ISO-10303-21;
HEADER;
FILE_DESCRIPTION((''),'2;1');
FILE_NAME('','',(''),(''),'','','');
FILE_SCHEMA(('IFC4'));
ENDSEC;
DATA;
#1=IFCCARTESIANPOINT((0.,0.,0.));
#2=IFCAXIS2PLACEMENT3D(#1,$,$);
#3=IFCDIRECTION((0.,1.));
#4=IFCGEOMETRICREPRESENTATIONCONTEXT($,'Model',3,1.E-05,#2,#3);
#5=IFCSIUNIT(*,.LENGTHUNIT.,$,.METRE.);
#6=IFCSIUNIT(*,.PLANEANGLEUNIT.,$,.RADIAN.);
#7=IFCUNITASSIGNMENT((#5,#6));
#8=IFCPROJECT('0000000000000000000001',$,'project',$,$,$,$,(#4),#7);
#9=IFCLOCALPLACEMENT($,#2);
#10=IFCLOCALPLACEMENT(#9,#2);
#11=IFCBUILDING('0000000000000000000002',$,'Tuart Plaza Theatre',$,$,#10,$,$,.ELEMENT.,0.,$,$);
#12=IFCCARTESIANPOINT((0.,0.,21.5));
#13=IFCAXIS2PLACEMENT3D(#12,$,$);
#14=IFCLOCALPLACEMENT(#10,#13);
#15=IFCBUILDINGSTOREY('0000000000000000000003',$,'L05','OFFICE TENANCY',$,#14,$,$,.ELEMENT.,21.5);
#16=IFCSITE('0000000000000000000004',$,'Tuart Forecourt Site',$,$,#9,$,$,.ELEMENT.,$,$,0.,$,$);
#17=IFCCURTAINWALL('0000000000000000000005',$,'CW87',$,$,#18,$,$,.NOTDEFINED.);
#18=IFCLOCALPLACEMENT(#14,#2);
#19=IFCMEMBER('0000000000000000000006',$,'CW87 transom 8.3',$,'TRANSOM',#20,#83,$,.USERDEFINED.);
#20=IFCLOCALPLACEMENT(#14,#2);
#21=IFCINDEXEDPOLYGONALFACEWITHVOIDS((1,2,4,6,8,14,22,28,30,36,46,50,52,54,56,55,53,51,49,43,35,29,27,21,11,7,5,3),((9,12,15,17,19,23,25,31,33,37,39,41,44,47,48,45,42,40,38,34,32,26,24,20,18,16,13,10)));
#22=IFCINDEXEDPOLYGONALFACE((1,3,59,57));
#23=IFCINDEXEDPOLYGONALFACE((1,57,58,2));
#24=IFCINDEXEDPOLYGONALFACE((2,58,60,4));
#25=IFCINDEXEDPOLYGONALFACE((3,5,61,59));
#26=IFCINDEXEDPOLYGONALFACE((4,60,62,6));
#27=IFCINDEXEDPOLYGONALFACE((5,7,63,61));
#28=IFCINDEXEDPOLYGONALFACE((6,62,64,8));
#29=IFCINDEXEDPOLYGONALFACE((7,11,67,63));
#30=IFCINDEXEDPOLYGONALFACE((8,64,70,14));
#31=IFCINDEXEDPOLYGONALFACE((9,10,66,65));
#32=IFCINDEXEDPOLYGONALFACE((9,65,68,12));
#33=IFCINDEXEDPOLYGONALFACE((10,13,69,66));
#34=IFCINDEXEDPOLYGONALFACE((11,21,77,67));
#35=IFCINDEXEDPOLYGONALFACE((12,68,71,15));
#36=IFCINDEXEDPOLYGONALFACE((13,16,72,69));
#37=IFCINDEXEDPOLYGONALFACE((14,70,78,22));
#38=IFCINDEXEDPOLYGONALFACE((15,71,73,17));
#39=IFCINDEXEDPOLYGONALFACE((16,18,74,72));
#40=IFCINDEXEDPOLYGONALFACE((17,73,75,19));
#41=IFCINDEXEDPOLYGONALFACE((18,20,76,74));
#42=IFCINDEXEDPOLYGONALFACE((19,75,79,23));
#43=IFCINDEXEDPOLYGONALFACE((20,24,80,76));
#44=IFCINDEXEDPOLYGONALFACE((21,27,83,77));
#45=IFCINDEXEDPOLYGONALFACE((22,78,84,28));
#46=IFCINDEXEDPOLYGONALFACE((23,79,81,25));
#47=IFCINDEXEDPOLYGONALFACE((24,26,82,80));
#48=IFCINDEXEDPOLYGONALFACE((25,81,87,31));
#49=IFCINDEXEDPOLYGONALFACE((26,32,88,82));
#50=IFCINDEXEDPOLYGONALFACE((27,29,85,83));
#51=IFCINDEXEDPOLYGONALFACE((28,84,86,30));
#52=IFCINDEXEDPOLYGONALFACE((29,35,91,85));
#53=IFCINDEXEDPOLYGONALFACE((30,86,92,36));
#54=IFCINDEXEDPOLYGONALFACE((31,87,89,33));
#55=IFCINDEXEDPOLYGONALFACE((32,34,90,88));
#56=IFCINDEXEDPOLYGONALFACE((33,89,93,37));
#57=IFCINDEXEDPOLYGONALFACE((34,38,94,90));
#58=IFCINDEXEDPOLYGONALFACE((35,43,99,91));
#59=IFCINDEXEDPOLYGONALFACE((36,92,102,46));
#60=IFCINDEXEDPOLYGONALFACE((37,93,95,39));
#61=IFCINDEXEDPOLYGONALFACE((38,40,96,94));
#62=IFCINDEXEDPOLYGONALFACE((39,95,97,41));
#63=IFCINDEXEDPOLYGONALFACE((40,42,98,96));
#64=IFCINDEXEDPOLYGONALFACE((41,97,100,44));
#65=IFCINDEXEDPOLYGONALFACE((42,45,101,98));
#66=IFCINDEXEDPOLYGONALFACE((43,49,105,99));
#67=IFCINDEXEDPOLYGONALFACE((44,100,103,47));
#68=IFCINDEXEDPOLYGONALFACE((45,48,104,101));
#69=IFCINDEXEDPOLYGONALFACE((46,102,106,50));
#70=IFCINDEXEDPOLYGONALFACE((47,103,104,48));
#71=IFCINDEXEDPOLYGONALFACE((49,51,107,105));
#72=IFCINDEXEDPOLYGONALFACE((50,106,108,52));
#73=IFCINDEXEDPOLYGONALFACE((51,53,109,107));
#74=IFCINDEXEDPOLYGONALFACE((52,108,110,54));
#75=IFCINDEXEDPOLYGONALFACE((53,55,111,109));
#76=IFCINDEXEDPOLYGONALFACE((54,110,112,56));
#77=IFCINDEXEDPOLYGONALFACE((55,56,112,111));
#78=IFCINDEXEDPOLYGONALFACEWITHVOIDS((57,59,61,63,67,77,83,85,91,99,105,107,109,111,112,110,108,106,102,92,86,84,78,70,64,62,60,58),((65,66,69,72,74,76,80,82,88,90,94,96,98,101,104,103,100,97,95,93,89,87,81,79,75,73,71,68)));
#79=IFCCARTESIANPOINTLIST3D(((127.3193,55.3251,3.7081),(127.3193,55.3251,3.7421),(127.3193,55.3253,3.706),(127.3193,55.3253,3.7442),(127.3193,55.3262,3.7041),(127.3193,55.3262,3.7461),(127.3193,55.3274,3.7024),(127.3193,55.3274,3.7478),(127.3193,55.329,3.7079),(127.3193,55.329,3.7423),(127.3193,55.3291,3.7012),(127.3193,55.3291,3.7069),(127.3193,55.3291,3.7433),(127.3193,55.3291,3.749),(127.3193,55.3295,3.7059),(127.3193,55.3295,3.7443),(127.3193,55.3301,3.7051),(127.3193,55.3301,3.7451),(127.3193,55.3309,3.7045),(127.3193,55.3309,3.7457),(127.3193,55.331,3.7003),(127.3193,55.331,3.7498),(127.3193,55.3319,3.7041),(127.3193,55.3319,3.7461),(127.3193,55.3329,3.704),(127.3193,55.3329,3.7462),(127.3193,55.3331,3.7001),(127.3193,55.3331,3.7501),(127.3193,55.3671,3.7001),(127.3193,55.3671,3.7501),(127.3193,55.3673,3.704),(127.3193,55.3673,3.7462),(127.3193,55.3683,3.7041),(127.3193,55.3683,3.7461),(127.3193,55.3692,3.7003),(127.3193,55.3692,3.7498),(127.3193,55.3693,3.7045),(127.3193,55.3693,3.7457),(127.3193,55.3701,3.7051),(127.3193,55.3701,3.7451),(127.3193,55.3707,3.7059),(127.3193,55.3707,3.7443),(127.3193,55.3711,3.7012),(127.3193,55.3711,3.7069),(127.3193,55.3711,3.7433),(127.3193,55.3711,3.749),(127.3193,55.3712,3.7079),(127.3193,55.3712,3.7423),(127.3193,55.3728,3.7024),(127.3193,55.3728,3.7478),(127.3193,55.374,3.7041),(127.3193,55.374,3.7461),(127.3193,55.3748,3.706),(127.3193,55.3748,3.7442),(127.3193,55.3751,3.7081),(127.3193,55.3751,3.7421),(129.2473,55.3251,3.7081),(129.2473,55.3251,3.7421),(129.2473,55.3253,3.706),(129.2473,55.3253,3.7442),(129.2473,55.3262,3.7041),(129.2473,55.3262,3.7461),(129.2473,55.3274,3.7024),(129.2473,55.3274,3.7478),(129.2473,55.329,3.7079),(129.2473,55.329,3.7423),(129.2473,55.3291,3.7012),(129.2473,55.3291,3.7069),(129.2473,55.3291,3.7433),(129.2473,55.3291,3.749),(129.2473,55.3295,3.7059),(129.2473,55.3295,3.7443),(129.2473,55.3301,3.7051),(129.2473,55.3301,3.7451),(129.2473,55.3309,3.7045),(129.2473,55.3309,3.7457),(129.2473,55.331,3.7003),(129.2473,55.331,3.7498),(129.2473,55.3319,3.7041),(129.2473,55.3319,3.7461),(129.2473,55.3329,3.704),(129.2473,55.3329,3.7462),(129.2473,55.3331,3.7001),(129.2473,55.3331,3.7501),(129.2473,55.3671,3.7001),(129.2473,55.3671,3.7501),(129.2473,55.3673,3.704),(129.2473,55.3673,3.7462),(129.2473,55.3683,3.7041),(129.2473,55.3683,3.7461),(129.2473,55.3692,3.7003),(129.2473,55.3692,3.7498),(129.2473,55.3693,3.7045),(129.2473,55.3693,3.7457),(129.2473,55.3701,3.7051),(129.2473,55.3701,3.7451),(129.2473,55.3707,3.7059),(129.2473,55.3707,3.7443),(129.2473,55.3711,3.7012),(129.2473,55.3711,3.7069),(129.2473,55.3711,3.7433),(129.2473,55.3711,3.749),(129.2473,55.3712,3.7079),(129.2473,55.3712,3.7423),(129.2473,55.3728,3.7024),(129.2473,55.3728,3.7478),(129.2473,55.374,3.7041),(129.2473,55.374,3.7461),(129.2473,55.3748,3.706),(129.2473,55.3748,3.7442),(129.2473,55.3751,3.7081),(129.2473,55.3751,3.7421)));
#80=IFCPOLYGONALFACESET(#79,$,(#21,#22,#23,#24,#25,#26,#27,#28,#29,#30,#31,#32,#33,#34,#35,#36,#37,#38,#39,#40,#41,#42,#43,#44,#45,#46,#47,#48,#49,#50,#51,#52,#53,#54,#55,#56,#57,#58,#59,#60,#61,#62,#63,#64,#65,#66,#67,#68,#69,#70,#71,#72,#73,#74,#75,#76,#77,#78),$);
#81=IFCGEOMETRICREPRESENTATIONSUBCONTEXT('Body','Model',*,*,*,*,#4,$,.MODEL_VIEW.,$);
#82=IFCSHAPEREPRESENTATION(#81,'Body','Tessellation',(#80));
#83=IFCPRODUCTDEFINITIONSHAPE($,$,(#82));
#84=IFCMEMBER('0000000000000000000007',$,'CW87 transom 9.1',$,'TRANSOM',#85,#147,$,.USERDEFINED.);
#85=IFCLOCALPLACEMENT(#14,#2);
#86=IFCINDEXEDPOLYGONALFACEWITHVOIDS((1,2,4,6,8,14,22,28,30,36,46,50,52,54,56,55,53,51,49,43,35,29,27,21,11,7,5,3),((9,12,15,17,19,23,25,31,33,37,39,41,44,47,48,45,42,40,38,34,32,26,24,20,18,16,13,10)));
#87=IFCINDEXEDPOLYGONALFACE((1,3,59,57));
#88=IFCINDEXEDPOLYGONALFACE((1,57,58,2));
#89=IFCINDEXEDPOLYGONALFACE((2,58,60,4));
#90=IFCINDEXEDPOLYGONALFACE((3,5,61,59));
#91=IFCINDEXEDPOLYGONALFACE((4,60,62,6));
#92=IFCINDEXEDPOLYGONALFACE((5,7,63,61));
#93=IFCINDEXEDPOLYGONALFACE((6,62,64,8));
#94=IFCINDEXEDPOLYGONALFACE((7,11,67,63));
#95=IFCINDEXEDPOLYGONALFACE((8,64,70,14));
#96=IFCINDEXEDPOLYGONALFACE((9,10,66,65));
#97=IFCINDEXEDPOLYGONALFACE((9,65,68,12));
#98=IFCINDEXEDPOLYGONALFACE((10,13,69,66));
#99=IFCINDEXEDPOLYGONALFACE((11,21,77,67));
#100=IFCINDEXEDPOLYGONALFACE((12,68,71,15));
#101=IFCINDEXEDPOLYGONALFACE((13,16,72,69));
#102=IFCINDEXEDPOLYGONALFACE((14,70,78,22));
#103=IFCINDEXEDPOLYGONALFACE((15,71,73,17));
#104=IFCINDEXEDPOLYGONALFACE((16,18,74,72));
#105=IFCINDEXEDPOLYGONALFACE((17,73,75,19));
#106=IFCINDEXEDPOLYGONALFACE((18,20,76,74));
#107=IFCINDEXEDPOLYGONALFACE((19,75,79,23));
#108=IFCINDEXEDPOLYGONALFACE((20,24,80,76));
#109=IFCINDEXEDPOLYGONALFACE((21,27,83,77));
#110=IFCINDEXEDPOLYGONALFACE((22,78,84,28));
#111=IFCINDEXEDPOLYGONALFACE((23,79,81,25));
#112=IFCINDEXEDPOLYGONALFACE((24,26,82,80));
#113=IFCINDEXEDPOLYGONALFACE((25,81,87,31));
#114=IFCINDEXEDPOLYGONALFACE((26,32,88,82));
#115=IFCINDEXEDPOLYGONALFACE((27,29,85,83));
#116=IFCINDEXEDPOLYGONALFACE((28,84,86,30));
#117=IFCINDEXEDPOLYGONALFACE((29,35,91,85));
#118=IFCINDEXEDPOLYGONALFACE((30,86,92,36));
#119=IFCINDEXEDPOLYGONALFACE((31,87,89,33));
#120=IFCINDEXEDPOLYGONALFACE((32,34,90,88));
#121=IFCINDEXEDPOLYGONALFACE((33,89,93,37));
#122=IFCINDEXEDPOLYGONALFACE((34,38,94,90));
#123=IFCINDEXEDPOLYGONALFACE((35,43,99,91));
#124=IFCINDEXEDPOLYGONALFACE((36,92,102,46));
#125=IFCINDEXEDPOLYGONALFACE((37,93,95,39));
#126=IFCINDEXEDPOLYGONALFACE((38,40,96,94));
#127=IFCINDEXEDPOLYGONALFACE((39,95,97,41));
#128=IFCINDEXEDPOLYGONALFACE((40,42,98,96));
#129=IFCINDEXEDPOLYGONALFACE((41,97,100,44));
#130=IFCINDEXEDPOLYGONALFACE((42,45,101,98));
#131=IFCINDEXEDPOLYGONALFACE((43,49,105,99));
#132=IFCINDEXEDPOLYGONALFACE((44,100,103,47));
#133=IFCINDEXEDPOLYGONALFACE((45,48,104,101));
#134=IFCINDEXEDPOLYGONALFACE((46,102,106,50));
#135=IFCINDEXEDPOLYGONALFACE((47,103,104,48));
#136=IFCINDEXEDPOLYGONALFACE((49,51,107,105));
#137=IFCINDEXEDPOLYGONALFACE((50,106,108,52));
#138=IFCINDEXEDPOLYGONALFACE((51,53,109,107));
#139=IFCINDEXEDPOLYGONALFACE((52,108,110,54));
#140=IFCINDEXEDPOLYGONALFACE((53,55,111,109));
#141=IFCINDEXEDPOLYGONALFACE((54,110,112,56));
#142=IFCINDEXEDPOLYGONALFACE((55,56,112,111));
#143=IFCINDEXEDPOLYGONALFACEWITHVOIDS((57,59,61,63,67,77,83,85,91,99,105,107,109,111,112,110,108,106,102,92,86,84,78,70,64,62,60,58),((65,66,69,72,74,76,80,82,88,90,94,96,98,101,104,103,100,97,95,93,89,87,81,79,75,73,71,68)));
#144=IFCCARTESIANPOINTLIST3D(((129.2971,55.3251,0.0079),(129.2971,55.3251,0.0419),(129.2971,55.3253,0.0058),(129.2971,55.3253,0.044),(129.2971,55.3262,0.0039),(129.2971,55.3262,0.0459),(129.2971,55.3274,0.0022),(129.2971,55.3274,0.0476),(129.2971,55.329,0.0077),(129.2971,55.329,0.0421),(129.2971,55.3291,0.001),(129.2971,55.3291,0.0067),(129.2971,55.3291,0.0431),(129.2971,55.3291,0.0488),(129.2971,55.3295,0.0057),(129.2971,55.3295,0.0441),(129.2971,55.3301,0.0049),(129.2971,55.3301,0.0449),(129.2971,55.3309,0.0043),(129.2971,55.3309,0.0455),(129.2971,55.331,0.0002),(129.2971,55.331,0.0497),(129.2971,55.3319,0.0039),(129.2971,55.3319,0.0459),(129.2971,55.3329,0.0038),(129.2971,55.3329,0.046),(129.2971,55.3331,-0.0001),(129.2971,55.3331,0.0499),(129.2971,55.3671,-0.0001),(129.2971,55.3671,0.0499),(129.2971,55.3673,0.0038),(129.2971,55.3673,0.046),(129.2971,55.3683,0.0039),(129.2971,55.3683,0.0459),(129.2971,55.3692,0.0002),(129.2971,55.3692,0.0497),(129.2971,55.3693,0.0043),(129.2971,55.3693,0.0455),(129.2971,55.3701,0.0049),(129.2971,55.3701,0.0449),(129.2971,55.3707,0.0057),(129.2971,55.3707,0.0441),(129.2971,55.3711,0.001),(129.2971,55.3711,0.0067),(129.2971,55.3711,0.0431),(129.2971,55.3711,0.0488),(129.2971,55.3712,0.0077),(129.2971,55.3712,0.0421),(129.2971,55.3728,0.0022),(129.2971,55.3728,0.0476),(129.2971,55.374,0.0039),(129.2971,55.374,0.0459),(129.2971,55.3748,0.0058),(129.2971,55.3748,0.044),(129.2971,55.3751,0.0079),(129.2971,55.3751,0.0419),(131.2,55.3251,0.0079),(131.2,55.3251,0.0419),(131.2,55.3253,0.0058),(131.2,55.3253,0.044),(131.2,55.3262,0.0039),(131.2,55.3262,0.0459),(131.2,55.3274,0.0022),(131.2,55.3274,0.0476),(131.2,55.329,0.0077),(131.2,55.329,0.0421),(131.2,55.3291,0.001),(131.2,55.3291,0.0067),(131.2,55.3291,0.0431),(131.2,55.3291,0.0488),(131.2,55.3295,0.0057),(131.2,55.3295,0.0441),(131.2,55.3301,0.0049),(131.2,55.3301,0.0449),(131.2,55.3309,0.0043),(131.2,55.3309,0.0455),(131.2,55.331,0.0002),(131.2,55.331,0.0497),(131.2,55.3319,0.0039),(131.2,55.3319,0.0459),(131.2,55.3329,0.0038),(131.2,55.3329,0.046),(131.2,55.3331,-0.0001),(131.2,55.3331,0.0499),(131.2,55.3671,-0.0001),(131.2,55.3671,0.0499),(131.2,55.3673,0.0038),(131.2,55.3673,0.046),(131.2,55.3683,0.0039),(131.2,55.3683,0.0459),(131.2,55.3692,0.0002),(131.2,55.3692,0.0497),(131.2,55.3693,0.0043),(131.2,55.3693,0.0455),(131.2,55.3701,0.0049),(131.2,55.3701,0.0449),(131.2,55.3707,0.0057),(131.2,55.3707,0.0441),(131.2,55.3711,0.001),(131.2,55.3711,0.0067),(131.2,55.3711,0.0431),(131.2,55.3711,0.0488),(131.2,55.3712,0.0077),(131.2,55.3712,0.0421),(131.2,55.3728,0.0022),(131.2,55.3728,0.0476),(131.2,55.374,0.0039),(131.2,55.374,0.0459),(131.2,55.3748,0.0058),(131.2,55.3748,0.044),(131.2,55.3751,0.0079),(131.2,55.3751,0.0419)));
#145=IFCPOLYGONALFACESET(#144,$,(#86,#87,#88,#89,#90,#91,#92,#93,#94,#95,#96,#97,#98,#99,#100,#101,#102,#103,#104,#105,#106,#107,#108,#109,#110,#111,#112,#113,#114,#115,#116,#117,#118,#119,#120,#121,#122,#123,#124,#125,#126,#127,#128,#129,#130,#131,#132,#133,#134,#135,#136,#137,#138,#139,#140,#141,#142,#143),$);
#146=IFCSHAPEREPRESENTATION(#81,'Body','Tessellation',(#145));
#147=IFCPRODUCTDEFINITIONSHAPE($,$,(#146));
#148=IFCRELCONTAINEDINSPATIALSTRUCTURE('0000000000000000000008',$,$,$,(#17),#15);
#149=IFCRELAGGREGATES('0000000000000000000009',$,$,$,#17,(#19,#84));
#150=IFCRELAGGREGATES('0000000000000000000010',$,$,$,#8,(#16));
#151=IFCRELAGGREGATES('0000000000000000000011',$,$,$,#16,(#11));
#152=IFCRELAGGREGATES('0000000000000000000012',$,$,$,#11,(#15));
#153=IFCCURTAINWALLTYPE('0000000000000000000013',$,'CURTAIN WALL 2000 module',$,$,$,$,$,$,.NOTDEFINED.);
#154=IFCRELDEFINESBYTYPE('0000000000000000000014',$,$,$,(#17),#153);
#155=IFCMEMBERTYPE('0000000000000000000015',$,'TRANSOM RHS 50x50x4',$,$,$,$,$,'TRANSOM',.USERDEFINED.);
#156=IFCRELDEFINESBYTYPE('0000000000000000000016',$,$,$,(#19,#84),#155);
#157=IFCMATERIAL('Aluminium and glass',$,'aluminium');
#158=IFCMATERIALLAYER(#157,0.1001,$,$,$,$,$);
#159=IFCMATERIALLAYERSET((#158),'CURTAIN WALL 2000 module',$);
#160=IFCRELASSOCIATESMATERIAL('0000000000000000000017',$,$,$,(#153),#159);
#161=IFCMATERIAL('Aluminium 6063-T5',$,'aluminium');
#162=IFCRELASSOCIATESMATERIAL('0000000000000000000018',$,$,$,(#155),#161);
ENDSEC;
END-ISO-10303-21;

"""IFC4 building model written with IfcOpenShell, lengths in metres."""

from ifc_helpers import new_model, si_unit, direction, frame, origin, origin_2d, place, context, subcontext, project, spatial, hollow_rectangle, extrude, material, layer, layer_set, material_profile, profile_set, type_object, element, aggregate, save


model = new_model("IFC4")

# Units and contexts
model_context = context("Model", 3, precision=1e-05, world=origin(), true_north=direction((0.0, 1.0)))
body_context = subcontext(model_context, "Body", "Model", "MODEL_VIEW")
ifc_project = project(units=[si_unit("LENGTHUNIT", "METRE"), si_unit("PLANEANGLEUNIT", "RADIAN")], contexts=[model_context])

# Site, building, storey
site_placement = place(None, origin())
site = spatial("IfcSite", under=ifc_project, at=site_placement, Name="Tuart Forecourt Site", CompositionType="ELEMENT", RefElevation=0.0)
building_placement = place(site_placement, origin())
building = spatial("IfcBuilding", under=site, at=building_placement, Name="Tuart Plaza Theatre", CompositionType="ELEMENT", ElevationOfRefHeight=0.0)
storey_placement = place(building_placement, frame((0.0, 0.0, 21.5)))
storey = spatial("IfcBuildingStorey", under=building, at=storey_placement, Name="L05", Description="OFFICE TENANCY", CompositionType="ELEMENT", Elevation=21.5)

# Shared definitions
ifc_material_1 = material(Name="Aluminium and glass", Category="aluminium")
ifc_layer_1 = layer(ifc_material_1, 0.1001)
ifc_layer_set_1 = layer_set([ifc_layer_1], Name="CURTAIN WALL 2000 module")
curtain_wall_type = type_object("IfcCurtainWallType", Name="CURTAIN WALL 2000 module", PredefinedType="NOTDEFINED", material=ifc_layer_set_1)

# Curtain wall
curtain_wall_1_placement = place(storey_placement, origin())
curtain_wall_1 = element("IfcCurtainWall", 1, at=curtain_wall_1_placement, inside=storey, type_object=curtain_wall_type, Name="CW87", PredefinedType="NOTDEFINED")

# Members
ifc_material_2 = material(Name="Aluminium 6063-T5", Category="aluminium")
ifc_material_profile_1 = material_profile(ifc_material_2, hollow_rectangle(XDim=0.05, YDim=0.05, WallThickness=0.0039, InnerFilletRadius=0.0039, OuterFilletRadius=0.0081, at=origin_2d()), Name="RHS 50x50x4")
ifc_profile_set_1 = profile_set([ifc_material_profile_1], Name="Aluminium 6063-T5")
member_type_1 = type_object("IfcMemberType", Name="TRANSOM RHS 50x50x4", ElementType="TRANSOM", PredefinedType="USERDEFINED", material=ifc_profile_set_1)
member_1_placement = place(storey_placement, frame((127.3193, 55.3501, 3.7251), z_axis=(1.0, 0.0, 0.0), x_axis=(0.0, 1.0, 0.0)))
member_1 = element("IfcMember", 2, at=member_1_placement, type_object=member_type_1, Name="CW87 transom 8.3", ObjectType="TRANSOM", PredefinedType="USERDEFINED", context=body_context, shape_type="SweptSolid", body=[
    extrude(hollow_rectangle(XDim=0.05, YDim=0.05, WallThickness=0.0039, InnerFilletRadius=0.0039, OuterFilletRadius=0.0081, at=origin_2d()), origin(), (0.0, 0.0, 1.0), 1.928),
])
member_2_placement = place(storey_placement, frame((129.2971, 55.3501, 0.0249), z_axis=(1.0, 0.0, 0.0), x_axis=(0.0, 1.0, 0.0)))
member_2 = element("IfcMember", 3, at=member_2_placement, type_object=member_type_1, Name="CW87 transom 9.1", ObjectType="TRANSOM", PredefinedType="USERDEFINED", context=body_context, shape_type="SweptSolid", body=[
    extrude(hollow_rectangle(XDim=0.05, YDim=0.05, WallThickness=0.0039, InnerFilletRadius=0.0039, OuterFilletRadius=0.0081, at=origin_2d()), origin(), (0.0, 0.0, 1.0), 1.9028),
])

aggregate(curtain_wall_1, [member_1, member_2])

save(model, "model.ifc")
